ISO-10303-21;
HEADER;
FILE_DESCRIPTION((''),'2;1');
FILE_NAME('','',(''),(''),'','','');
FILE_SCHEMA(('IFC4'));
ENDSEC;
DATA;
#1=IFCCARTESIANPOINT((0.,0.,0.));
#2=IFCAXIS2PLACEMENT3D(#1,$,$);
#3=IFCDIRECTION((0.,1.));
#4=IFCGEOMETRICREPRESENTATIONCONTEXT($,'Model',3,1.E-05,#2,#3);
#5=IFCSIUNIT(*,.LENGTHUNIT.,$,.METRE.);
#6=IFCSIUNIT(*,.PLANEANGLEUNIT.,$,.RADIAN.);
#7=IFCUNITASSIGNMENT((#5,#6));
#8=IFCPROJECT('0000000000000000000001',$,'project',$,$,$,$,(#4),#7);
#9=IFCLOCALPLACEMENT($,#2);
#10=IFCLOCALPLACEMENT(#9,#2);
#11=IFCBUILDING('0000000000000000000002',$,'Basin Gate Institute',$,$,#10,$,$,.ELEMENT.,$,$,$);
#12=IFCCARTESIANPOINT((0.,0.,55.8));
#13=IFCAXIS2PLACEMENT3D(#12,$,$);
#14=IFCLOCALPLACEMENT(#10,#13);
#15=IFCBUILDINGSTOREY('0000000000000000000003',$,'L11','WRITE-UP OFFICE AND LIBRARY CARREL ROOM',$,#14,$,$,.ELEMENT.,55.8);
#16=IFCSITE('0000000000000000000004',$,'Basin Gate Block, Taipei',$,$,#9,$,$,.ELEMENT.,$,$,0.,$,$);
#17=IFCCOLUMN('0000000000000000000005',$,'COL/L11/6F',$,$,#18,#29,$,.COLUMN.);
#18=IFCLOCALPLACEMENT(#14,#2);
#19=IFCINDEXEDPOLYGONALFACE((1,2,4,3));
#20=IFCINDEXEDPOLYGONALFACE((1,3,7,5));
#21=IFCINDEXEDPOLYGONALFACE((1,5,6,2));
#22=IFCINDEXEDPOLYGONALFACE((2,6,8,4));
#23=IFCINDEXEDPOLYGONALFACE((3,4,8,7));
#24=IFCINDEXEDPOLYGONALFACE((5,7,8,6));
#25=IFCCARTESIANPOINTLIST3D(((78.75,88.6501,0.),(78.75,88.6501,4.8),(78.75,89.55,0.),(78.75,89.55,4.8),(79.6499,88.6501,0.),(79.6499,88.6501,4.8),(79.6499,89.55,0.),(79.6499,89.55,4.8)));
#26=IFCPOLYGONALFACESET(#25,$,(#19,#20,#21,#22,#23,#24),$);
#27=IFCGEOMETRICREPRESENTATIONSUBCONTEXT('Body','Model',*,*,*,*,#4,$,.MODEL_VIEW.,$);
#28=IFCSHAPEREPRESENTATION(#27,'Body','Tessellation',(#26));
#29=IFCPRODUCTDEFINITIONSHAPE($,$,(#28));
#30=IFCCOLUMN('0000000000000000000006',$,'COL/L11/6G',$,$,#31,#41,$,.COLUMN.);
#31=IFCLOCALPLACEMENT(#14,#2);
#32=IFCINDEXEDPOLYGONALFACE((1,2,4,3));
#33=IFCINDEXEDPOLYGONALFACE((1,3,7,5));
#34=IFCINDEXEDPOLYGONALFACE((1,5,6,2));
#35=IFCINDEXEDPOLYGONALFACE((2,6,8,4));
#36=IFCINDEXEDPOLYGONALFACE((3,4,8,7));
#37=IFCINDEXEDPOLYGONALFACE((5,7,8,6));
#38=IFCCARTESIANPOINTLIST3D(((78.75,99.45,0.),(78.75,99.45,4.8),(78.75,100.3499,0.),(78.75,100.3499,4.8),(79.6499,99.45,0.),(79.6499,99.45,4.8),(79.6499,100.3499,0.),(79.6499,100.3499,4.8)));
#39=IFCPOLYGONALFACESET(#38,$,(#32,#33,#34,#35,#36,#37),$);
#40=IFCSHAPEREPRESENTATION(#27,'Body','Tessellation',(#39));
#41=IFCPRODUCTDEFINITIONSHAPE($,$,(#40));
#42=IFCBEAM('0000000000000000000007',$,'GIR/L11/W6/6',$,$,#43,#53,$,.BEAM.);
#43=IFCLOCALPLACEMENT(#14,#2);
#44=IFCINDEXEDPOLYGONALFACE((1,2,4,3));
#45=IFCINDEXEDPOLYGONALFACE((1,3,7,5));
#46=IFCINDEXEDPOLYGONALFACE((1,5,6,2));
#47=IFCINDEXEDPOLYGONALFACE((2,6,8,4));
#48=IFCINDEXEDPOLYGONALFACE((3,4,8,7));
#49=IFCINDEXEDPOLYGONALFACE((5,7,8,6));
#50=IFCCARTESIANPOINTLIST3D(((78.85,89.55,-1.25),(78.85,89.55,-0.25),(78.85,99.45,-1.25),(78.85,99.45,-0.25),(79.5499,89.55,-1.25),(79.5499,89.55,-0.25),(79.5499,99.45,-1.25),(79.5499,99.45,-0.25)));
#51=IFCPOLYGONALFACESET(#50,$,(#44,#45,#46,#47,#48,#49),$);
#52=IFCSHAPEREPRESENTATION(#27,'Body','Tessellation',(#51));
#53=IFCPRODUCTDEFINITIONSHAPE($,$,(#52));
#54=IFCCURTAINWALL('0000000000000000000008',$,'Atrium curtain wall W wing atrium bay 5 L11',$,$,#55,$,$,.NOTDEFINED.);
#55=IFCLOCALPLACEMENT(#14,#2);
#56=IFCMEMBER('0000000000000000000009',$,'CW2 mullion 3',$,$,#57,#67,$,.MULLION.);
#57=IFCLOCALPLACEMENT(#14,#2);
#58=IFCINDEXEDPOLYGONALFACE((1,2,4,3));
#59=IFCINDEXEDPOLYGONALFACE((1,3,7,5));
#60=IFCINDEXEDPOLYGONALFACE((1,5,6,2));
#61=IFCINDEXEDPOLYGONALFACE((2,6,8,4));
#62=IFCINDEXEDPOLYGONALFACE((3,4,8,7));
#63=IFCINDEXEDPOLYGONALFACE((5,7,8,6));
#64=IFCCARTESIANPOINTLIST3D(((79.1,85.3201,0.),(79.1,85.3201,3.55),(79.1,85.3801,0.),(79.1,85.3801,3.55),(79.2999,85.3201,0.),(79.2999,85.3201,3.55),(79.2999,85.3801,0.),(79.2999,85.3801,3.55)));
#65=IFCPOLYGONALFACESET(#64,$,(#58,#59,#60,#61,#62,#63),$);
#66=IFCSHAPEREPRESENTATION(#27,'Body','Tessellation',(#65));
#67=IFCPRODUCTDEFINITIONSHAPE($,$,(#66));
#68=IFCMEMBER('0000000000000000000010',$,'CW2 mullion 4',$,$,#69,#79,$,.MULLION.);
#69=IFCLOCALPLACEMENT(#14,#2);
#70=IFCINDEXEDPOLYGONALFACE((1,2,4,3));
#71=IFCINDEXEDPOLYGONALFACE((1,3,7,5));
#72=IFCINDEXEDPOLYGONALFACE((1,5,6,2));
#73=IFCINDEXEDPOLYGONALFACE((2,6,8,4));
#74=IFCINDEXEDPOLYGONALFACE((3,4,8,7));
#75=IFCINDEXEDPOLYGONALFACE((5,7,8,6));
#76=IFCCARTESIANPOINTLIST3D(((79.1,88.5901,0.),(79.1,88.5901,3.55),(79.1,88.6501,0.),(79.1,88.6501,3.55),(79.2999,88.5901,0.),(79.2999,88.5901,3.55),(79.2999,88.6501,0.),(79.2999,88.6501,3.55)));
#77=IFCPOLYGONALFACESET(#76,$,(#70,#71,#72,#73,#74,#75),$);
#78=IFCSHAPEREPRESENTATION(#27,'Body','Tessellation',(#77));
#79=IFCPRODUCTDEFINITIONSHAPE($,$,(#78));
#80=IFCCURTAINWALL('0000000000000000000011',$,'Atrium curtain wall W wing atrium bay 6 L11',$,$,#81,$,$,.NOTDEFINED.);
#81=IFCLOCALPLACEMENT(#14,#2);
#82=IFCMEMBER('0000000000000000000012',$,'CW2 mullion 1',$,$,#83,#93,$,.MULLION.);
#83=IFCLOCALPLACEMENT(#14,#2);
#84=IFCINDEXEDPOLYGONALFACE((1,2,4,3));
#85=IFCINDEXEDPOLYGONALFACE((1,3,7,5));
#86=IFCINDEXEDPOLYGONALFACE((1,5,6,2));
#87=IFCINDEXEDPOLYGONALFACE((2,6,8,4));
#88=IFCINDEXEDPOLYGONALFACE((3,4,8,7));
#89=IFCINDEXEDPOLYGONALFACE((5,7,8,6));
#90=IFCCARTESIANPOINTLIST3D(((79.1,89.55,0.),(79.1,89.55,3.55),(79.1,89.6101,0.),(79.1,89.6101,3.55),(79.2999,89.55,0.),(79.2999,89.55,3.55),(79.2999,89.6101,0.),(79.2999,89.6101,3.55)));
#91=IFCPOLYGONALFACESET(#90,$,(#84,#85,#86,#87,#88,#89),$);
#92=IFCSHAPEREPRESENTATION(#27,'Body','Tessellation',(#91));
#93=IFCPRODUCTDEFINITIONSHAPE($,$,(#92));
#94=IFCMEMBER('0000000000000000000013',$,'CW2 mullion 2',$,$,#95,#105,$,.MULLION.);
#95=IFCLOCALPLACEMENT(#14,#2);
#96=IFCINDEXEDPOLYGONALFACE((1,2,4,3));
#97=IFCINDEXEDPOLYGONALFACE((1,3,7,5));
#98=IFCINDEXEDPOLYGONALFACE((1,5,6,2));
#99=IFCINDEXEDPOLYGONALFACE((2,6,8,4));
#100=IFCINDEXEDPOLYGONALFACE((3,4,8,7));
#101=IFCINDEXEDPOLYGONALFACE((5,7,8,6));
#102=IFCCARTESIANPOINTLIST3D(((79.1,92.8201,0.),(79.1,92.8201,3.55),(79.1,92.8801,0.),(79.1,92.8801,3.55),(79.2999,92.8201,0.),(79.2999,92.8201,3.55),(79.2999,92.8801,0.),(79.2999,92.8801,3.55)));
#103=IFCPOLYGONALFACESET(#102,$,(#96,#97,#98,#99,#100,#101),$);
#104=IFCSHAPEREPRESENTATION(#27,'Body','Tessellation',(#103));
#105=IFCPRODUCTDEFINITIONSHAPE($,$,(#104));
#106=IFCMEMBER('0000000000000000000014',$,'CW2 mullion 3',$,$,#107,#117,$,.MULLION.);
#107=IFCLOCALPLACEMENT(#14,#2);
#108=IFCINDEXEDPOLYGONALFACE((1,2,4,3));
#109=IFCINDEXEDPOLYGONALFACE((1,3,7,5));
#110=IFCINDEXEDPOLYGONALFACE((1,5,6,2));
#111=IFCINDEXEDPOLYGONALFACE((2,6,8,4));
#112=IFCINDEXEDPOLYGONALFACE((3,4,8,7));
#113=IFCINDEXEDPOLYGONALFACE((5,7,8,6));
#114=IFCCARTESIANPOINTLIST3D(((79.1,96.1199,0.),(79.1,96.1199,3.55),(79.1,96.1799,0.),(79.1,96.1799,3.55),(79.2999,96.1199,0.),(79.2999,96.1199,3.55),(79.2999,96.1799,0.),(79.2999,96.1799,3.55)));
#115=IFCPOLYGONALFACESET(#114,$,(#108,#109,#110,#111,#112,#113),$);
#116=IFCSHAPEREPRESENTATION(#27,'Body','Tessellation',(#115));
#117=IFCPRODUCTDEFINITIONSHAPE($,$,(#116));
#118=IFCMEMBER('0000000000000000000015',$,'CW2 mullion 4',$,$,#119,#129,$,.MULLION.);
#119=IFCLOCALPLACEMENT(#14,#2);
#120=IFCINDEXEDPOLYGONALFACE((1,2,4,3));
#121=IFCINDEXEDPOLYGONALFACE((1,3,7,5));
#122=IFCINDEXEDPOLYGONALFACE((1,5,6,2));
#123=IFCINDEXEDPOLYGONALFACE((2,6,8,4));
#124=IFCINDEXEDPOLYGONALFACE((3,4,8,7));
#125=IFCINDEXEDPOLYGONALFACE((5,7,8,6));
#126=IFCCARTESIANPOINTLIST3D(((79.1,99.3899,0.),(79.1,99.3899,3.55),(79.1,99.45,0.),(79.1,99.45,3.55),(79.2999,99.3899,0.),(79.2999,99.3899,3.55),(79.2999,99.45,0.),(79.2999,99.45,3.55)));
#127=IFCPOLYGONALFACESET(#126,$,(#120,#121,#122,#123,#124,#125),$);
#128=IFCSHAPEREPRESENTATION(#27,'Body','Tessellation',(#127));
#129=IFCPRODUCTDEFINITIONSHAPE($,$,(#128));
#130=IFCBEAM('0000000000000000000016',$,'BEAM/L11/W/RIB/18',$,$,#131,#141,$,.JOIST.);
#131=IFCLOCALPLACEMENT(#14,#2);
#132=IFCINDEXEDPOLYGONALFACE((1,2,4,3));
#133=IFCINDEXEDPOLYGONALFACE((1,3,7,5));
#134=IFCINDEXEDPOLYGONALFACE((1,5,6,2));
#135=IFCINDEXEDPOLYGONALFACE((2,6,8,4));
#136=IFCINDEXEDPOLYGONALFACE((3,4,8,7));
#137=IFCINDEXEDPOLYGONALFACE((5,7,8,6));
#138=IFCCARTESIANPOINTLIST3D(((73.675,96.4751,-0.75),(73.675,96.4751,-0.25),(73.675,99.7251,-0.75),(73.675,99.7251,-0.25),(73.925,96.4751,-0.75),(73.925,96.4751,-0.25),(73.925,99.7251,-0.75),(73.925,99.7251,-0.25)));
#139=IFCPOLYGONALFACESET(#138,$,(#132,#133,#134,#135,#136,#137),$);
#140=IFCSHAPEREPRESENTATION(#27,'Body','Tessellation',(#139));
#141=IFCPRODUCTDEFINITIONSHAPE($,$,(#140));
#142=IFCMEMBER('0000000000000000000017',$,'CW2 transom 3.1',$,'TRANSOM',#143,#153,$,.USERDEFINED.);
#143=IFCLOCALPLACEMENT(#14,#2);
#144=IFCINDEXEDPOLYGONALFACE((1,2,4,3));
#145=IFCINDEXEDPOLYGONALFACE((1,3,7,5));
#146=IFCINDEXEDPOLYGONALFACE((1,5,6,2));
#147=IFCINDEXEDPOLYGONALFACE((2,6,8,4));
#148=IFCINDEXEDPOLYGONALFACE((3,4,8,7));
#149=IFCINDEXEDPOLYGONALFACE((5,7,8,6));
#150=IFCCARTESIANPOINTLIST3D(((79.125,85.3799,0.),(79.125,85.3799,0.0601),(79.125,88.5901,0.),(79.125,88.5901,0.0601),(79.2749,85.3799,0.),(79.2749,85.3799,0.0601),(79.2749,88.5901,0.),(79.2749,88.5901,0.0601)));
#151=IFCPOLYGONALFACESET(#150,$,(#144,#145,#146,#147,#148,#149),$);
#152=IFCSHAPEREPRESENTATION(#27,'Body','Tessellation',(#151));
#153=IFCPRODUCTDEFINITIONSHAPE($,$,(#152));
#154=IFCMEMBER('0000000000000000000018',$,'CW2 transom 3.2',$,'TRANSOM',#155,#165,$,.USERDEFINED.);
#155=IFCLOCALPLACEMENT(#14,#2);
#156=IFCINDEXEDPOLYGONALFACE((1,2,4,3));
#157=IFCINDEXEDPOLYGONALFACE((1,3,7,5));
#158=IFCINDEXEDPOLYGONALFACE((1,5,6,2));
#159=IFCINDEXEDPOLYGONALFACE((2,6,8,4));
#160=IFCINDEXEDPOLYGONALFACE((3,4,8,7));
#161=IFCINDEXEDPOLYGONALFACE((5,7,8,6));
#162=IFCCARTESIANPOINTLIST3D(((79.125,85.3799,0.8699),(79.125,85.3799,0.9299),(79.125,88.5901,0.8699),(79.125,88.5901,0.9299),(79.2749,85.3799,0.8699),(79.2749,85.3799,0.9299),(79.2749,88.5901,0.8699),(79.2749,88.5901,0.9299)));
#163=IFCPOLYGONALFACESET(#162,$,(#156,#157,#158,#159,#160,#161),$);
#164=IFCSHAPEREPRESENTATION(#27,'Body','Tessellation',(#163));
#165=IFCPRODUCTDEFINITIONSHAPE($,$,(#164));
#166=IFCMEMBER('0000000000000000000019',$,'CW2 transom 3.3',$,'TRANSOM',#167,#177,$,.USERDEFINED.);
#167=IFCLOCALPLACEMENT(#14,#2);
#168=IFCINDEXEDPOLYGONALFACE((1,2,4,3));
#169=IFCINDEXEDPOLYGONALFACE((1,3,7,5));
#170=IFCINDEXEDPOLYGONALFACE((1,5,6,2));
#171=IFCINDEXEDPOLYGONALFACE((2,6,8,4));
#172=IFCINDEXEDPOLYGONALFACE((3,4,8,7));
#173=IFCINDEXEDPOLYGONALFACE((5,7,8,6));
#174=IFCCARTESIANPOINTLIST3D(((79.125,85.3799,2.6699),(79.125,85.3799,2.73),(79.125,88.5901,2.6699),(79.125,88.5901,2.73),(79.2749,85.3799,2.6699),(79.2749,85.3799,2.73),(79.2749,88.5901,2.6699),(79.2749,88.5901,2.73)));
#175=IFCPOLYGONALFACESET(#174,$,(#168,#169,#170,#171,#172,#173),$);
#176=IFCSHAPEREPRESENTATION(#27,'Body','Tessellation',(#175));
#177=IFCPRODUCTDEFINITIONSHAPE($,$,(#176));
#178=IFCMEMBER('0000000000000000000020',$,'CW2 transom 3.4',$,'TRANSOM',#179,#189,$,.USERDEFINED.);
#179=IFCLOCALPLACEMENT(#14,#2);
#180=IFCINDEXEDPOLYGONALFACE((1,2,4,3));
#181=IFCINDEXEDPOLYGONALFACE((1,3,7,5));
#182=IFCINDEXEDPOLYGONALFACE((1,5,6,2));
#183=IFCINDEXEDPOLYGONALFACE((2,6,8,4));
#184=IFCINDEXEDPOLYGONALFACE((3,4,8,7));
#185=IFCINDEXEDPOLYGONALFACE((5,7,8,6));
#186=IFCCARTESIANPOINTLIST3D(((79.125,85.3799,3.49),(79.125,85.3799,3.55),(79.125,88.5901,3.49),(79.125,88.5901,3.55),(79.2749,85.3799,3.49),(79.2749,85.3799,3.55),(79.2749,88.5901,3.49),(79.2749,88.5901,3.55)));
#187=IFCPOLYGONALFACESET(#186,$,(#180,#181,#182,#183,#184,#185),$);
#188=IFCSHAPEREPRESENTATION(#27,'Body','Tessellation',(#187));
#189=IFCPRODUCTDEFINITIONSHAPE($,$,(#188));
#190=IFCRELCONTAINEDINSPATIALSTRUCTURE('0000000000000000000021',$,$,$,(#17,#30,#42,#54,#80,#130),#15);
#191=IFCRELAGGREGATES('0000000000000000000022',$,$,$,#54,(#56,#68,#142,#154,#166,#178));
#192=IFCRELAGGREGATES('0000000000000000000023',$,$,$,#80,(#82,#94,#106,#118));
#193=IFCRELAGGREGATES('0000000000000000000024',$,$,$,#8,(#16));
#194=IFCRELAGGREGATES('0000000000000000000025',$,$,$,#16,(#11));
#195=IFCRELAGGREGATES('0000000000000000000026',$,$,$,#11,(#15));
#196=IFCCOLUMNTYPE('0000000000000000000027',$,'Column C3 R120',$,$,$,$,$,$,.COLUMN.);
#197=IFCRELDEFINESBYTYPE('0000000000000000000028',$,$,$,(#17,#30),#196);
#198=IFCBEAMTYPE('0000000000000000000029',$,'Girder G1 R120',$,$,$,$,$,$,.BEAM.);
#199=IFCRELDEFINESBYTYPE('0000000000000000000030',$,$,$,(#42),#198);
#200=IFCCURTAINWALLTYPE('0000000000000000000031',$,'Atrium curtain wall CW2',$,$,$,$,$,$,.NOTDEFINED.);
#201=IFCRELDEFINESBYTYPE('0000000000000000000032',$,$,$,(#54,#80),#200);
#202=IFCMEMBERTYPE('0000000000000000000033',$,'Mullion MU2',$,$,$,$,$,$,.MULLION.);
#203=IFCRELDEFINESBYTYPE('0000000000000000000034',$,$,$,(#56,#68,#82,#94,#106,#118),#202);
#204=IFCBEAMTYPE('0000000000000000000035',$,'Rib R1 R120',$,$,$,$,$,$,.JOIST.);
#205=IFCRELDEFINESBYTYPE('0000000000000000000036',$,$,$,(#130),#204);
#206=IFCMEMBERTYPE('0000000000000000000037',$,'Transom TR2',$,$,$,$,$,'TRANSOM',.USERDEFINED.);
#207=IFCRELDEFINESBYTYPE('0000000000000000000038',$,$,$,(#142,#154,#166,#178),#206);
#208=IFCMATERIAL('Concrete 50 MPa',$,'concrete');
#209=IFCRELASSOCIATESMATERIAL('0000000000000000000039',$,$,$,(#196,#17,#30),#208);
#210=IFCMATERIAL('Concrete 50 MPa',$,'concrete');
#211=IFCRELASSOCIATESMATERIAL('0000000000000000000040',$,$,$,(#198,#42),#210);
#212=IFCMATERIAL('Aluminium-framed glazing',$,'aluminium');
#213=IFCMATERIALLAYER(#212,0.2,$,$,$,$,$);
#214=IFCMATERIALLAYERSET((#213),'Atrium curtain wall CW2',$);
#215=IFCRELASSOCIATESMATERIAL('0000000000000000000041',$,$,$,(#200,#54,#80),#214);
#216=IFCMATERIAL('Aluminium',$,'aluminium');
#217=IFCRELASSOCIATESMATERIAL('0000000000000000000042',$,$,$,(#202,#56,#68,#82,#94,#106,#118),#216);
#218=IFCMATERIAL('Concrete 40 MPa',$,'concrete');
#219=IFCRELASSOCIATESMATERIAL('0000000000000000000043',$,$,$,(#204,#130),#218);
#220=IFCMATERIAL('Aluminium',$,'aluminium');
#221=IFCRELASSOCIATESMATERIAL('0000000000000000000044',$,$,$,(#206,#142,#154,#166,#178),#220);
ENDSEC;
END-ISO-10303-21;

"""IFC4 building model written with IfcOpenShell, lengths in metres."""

from ifc_helpers import new_model, si_unit, direction, frame, origin, origin_2d, place, context, subcontext, project, spatial, rectangle, extrude, material, layer, layer_set, material_profile, profile_set, type_object, element, aggregate, save


model = new_model("IFC4")

# Units and contexts
model_context = context("Model", 3, precision=1e-05, world=origin(), true_north=direction((0.0, 1.0)))
body_context = subcontext(model_context, "Body", "Model", "MODEL_VIEW")
ifc_project = project(units=[si_unit("LENGTHUNIT", "METRE"), si_unit("PLANEANGLEUNIT", "RADIAN")], contexts=[model_context])

# Site, building, storey
site_placement = place(None, origin())
site = spatial("IfcSite", under=ifc_project, at=site_placement, Name="Basin Gate Block, Taipei", CompositionType="ELEMENT", RefElevation=0.0)
building_placement = place(site_placement, origin())
building = spatial("IfcBuilding", under=site, at=building_placement, Name="Basin Gate Institute", CompositionType="ELEMENT")
storey_placement = place(building_placement, frame((0.0, 0.0, 55.8)))
storey = spatial("IfcBuildingStorey", under=building, at=storey_placement, Name="L11", Description="WRITE-UP OFFICE AND LIBRARY CARREL ROOM", CompositionType="ELEMENT", Elevation=55.8)

# Columns
ifc_material_1 = material(Name="Concrete 50 MPa", Category="concrete")
ifc_material_profile_1 = material_profile(ifc_material_1, rectangle(XDim=0.8999, YDim=0.8999, at=origin_2d()), Name="Column C3 900 x 900")
ifc_profile_set_1 = profile_set([ifc_material_profile_1], Name="Concrete 50 MPa")
column_type = type_object("IfcColumnType", Name="Column C3 R120", PredefinedType="COLUMN", material=ifc_profile_set_1)
for number, where, z_axis, x_axis, name in (
    (1, (79.2, 89.1001, 0.0), (0.0, 0.0, 1.0), (1.0, 0.0, 0.0), "COL/L11/6F"),
    (2, (79.2, 99.8999, 0.0), (0.0, 0.0, 1.0), (1.0, 0.0, 0.0), "COL/L11/6G"),
):
    element("IfcColumn", number, at=place(storey_placement, frame(where, z_axis=z_axis, x_axis=x_axis)), inside=storey, type_object=column_type, material=ifc_profile_set_1, Name=name, PredefinedType="COLUMN", context=body_context, shape_type="SweptSolid", body=[
        extrude(rectangle(XDim=0.8999, YDim=0.8999, at=origin_2d()), origin(), (0.0, 0.0, 1.0), 4.8),
    ])

# Beam
ifc_material_2 = material(Name="Concrete 50 MPa", Category="concrete")
ifc_material_profile_2 = material_profile(ifc_material_2, rectangle(XDim=0.7, YDim=1.0, at=origin_2d()), Name="Girder G1 700 x 1000")
ifc_profile_set_2 = profile_set([ifc_material_profile_2], Name="Concrete 50 MPa")
beam_type_1 = type_object("IfcBeamType", Name="Girder G1 R120", PredefinedType="BEAM", material=ifc_profile_set_2)
beam_1_placement = place(storey_placement, frame((79.2, 89.55, -0.75), z_axis=(0.0, 1.0, 0.0), x_axis=(-1.0, 0.0, 0.0)))
element("IfcBeam", 3, at=beam_1_placement, inside=storey, type_object=beam_type_1, material=ifc_profile_set_2, Name="GIR/L11/W6/6", PredefinedType="BEAM", context=body_context, shape_type="SweptSolid", body=[
    extrude(rectangle(XDim=0.7, YDim=1.0, at=origin_2d()), origin(), (0.0, 0.0, 1.0), 9.8999),
])

# Curtain walls, members
ifc_material_3 = material(Name="Aluminium-framed glazing", Category="aluminium")
ifc_layer_1 = layer(ifc_material_3, 0.2)
ifc_layer_set_1 = layer_set([ifc_layer_1], Name="Atrium curtain wall CW2")
curtain_wall_type = type_object("IfcCurtainWallType", Name="Atrium curtain wall CW2", PredefinedType="NOTDEFINED", material=ifc_layer_set_1)
curtain_wall_1_placement = place(storey_placement, origin())
curtain_wall_1 = element("IfcCurtainWall", 4, at=curtain_wall_1_placement, inside=storey, type_object=curtain_wall_type, material=ifc_layer_set_1, Name="Atrium curtain wall W wing atrium bay 5 L11", PredefinedType="NOTDEFINED")
ifc_material_4 = material(Name="Aluminium", Category="aluminium")
ifc_material_profile_3 = material_profile(ifc_material_4, rectangle(XDim=0.2, YDim=0.0601, at=origin_2d()), Name="Mullion MU2 200 x 60")
ifc_profile_set_3 = profile_set([ifc_material_profile_3], Name="Aluminium")
member_type_1 = type_object("IfcMemberType", Name="Mullion MU2", PredefinedType="MULLION", material=ifc_profile_set_3)
member_1_placement = place(storey_placement, frame((79.2, 85.3501, 0.0), z_axis=(0.0, 0.0, 1.0), x_axis=(-1.0, 0.0, 0.0)))
member_1 = element("IfcMember", 5, at=member_1_placement, type_object=member_type_1, material=ifc_profile_set_3, Name="CW2 mullion 3", PredefinedType="MULLION", context=body_context, shape_type="SweptSolid", body=[
    extrude(rectangle(XDim=0.2, YDim=0.0601, at=origin_2d()), origin(), (0.0, 0.0, 1.0), 3.55),
])
member_2_placement = place(storey_placement, frame((79.2, 88.6201, 0.0), z_axis=(0.0, 0.0, 1.0), x_axis=(-1.0, 0.0, 0.0)))
member_2 = element("IfcMember", 6, at=member_2_placement, type_object=member_type_1, material=ifc_profile_set_3, Name="CW2 mullion 4", PredefinedType="MULLION", context=body_context, shape_type="SweptSolid", body=[
    extrude(rectangle(XDim=0.2, YDim=0.0601, at=origin_2d()), origin(), (0.0, 0.0, 1.0), 3.55),
])
curtain_wall_2_placement = place(storey_placement, origin())
curtain_wall_2 = element("IfcCurtainWall", 7, at=curtain_wall_2_placement, inside=storey, type_object=curtain_wall_type, material=ifc_layer_set_1, Name="Atrium curtain wall W wing atrium bay 6 L11", PredefinedType="NOTDEFINED")
member_3_placement = place(storey_placement, frame((79.2, 89.5801, 0.0), z_axis=(0.0, 0.0, 1.0), x_axis=(-1.0, 0.0, 0.0)))
member_3 = element("IfcMember", 8, at=member_3_placement, type_object=member_type_1, material=ifc_profile_set_3, Name="CW2 mullion 1", PredefinedType="MULLION", context=body_context, shape_type="SweptSolid", body=[
    extrude(rectangle(XDim=0.2, YDim=0.0601, at=origin_2d()), origin(), (0.0, 0.0, 1.0), 3.55),
])
member_4_placement = place(storey_placement, frame((79.2, 92.8501, 0.0), z_axis=(0.0, 0.0, 1.0), x_axis=(-1.0, 0.0, 0.0)))
member_4 = element("IfcMember", 9, at=member_4_placement, type_object=member_type_1, material=ifc_profile_set_3, Name="CW2 mullion 2", PredefinedType="MULLION", context=body_context, shape_type="SweptSolid", body=[
    extrude(rectangle(XDim=0.2, YDim=0.0601, at=origin_2d()), origin(), (0.0, 0.0, 1.0), 3.55),
])
member_5_placement = place(storey_placement, frame((79.2, 96.1499, 0.0), z_axis=(0.0, 0.0, 1.0), x_axis=(-1.0, 0.0, 0.0)))
member_5 = element("IfcMember", 10, at=member_5_placement, type_object=member_type_1, material=ifc_profile_set_3, Name="CW2 mullion 3", PredefinedType="MULLION", context=body_context, shape_type="SweptSolid", body=[
    extrude(rectangle(XDim=0.2, YDim=0.0601, at=origin_2d()), origin(), (0.0, 0.0, 1.0), 3.55),
])
member_6_placement = place(storey_placement, frame((79.2, 99.4199, 0.0), z_axis=(0.0, 0.0, 1.0), x_axis=(-1.0, 0.0, 0.0)))
member_6 = element("IfcMember", 11, at=member_6_placement, type_object=member_type_1, material=ifc_profile_set_3, Name="CW2 mullion 4", PredefinedType="MULLION", context=body_context, shape_type="SweptSolid", body=[
    extrude(rectangle(XDim=0.2, YDim=0.0601, at=origin_2d()), origin(), (0.0, 0.0, 1.0), 3.55),
])

# Beam
ifc_material_5 = material(Name="Concrete 40 MPa", Category="concrete")
ifc_material_profile_4 = material_profile(ifc_material_5, rectangle(XDim=0.25, YDim=0.5, at=origin_2d()), Name="Rib R1 250 x 500")
ifc_profile_set_4 = profile_set([ifc_material_profile_4], Name="Concrete 40 MPa")
beam_type_2 = type_object("IfcBeamType", Name="Rib R1 R120", PredefinedType="JOIST", material=ifc_profile_set_4)
beam_2_placement = place(storey_placement, frame((73.8, 96.4751, -0.5), z_axis=(0.0, 1.0, 0.0), x_axis=(-1.0, 0.0, 0.0)))
element("IfcBeam", 12, at=beam_2_placement, inside=storey, type_object=beam_type_2, material=ifc_profile_set_4, Name="BEAM/L11/W/RIB/18", PredefinedType="JOIST", context=body_context, shape_type="SweptSolid", body=[
    extrude(rectangle(XDim=0.25, YDim=0.5, at=origin_2d()), origin(), (0.0, 0.0, 1.0), 3.25),
])

# Members
ifc_material_6 = material(Name="Aluminium", Category="aluminium")
ifc_material_profile_5 = material_profile(ifc_material_6, rectangle(XDim=0.1499, YDim=0.0601, at=origin_2d()), Name="Transom TR2 150 x 60")
ifc_profile_set_5 = profile_set([ifc_material_profile_5], Name="Aluminium")
member_type_2 = type_object("IfcMemberType", Name="Transom TR2", ElementType="TRANSOM", PredefinedType="USERDEFINED", material=ifc_profile_set_5)
member_7_placement = place(storey_placement, frame((79.2, 85.3799, 0.03), z_axis=(0.0, 1.0, 0.0), x_axis=(-1.0, 0.0, 0.0)))
member_7 = element("IfcMember", 13, at=member_7_placement, type_object=member_type_2, material=ifc_profile_set_5, Name="CW2 transom 3.1", ObjectType="TRANSOM", PredefinedType="USERDEFINED", context=body_context, shape_type="SweptSolid", body=[
    extrude(rectangle(XDim=0.1499, YDim=0.0601, at=origin_2d()), origin(), (0.0, 0.0, 1.0), 3.2102),
])
member_8_placement = place(storey_placement, frame((79.2, 85.3799, 0.8999), z_axis=(0.0, 1.0, 0.0), x_axis=(-1.0, 0.0, 0.0)))
member_8 = element("IfcMember", 14, at=member_8_placement, type_object=member_type_2, material=ifc_profile_set_5, Name="CW2 transom 3.2", ObjectType="TRANSOM", PredefinedType="USERDEFINED", context=body_context, shape_type="SweptSolid", body=[
    extrude(rectangle(XDim=0.1499, YDim=0.0601, at=origin_2d()), origin(), (0.0, 0.0, 1.0), 3.2102),
])
member_9_placement = place(storey_placement, frame((79.2, 85.3799, 2.7), z_axis=(0.0, 1.0, 0.0), x_axis=(-1.0, 0.0, 0.0)))
member_9 = element("IfcMember", 15, at=member_9_placement, type_object=member_type_2, material=ifc_profile_set_5, Name="CW2 transom 3.3", ObjectType="TRANSOM", PredefinedType="USERDEFINED", context=body_context, shape_type="SweptSolid", body=[
    extrude(rectangle(XDim=0.1499, YDim=0.0601, at=origin_2d()), origin(), (0.0, 0.0, 1.0), 3.2102),
])
member_10_placement = place(storey_placement, frame((79.2, 85.3799, 3.52), z_axis=(0.0, 1.0, 0.0), x_axis=(-1.0, 0.0, 0.0)))
member_10 = element("IfcMember", 16, at=member_10_placement, type_object=member_type_2, material=ifc_profile_set_5, Name="CW2 transom 3.4", ObjectType="TRANSOM", PredefinedType="USERDEFINED", context=body_context, shape_type="SweptSolid", body=[
    extrude(rectangle(XDim=0.1499, YDim=0.0601, at=origin_2d()), origin(), (0.0, 0.0, 1.0), 3.2102),
])

aggregate(curtain_wall_1, [member_1, member_2, member_7, member_8, member_9, member_10])
aggregate(curtain_wall_2, [member_3, member_4, member_5, member_6])

save(model, "model.ifc")
